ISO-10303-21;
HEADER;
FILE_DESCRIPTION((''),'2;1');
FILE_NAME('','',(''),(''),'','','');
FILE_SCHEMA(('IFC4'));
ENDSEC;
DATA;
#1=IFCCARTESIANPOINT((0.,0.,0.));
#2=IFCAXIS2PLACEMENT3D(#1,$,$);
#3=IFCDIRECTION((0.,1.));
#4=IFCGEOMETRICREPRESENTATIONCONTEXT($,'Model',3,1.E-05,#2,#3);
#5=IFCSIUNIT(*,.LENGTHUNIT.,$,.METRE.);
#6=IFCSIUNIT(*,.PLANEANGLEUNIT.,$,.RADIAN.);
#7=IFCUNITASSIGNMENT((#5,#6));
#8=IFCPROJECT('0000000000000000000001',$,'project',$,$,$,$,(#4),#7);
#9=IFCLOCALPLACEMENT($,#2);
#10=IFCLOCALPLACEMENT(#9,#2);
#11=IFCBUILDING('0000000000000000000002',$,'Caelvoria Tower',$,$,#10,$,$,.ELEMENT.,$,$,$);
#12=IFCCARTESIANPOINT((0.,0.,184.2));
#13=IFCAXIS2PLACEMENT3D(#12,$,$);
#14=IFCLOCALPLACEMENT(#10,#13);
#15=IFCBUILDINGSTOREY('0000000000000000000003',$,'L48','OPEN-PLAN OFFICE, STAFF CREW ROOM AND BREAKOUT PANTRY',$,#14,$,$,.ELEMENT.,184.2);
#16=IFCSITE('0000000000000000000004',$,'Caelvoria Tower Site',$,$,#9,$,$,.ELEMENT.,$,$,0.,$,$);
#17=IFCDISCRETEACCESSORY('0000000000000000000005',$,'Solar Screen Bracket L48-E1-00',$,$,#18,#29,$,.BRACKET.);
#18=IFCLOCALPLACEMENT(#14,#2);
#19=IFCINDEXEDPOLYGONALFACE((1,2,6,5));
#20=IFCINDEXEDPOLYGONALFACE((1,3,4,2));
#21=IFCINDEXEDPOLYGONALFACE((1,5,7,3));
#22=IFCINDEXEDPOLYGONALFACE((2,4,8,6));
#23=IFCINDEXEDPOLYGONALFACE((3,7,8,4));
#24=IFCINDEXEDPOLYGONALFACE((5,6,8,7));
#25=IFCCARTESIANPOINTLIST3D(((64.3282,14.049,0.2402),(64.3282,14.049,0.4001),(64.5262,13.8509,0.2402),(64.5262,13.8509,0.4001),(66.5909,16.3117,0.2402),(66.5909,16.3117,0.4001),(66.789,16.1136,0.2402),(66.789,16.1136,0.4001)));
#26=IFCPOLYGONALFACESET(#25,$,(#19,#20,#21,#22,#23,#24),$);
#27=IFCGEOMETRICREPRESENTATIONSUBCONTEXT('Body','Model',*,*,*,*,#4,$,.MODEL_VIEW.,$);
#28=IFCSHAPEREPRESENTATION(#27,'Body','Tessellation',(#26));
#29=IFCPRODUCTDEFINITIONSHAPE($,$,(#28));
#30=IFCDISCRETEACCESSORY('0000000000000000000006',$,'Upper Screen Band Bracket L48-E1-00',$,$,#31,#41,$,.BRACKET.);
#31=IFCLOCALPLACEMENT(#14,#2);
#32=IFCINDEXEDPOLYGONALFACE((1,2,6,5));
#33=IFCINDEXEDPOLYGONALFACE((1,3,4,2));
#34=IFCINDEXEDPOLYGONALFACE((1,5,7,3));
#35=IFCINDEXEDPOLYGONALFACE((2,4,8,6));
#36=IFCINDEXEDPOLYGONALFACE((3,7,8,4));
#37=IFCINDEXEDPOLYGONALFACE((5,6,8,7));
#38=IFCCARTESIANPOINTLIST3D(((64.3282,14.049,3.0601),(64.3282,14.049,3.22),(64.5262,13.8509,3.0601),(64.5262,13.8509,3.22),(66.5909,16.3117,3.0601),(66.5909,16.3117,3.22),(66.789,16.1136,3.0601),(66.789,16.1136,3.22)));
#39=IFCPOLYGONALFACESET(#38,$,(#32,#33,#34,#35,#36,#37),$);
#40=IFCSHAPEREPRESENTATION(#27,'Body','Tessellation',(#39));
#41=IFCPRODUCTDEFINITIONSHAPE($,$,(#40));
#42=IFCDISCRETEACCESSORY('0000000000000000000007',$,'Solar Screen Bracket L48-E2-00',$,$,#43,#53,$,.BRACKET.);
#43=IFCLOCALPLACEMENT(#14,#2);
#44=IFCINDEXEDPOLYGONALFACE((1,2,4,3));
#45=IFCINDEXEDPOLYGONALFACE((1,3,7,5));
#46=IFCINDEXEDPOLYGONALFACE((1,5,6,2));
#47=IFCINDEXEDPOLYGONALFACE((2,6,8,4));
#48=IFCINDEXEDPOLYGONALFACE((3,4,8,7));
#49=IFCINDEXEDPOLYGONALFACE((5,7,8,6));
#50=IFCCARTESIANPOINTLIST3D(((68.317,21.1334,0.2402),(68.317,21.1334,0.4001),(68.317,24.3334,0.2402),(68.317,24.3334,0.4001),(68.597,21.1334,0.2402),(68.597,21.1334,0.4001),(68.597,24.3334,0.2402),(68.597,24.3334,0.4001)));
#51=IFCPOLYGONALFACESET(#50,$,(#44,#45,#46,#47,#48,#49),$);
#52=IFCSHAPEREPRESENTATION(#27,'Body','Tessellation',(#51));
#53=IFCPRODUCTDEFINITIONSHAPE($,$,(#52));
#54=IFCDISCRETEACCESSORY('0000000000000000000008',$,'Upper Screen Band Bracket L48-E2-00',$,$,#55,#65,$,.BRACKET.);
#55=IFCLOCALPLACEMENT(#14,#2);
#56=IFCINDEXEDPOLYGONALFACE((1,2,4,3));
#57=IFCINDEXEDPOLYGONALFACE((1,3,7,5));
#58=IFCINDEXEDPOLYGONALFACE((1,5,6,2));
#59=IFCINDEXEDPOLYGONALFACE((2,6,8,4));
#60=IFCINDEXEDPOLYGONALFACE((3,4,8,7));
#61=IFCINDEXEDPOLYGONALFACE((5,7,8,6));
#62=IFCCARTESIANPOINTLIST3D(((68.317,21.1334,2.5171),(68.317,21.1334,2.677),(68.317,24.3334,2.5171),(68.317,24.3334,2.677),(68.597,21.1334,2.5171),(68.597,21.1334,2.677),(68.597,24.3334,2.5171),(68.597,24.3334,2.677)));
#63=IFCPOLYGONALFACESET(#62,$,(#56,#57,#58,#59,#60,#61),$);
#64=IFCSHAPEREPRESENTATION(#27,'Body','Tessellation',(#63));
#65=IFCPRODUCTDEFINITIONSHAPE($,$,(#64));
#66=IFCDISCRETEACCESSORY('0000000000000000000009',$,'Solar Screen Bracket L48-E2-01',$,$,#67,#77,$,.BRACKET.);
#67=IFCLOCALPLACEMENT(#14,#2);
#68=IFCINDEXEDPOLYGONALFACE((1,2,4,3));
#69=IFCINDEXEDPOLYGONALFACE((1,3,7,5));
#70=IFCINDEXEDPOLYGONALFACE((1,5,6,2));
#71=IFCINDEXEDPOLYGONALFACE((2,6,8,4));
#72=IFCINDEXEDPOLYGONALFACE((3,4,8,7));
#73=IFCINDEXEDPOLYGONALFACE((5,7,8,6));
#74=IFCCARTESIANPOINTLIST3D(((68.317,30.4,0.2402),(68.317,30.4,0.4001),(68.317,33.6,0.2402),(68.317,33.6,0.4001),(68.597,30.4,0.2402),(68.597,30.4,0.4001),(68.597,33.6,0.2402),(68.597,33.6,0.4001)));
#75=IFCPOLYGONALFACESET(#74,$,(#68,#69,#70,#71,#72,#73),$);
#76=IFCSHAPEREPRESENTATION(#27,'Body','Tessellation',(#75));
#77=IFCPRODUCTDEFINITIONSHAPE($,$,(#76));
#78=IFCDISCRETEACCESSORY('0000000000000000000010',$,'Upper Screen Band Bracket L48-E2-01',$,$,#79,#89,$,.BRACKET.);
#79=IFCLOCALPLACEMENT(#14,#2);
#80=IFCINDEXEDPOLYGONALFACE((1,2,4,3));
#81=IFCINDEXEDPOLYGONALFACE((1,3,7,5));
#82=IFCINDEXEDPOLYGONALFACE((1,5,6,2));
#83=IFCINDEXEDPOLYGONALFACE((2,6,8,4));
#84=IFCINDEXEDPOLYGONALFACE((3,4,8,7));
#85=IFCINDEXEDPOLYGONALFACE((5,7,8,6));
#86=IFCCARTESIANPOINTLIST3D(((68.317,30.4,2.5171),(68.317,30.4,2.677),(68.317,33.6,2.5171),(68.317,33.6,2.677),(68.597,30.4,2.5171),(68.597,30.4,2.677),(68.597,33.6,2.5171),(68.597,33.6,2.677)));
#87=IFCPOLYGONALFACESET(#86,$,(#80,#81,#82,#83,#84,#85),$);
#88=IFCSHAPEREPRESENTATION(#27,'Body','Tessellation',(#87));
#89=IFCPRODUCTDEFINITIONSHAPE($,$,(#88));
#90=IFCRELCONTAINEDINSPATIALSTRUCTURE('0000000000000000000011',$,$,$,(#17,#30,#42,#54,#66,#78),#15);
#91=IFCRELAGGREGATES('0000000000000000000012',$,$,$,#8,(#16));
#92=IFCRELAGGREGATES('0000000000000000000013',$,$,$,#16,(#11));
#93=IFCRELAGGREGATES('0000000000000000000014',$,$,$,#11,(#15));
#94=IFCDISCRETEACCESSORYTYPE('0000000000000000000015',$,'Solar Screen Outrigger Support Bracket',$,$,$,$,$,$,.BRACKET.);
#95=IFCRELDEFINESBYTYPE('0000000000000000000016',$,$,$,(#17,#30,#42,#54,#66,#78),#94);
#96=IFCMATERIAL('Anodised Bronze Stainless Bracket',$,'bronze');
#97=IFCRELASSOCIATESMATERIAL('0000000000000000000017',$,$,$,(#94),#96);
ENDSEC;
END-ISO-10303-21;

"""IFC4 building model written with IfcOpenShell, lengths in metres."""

from ifc_helpers import new_model, si_unit, direction, frame, origin, origin_2d, place, context, subcontext, project, spatial, rectangle, extrude, material, type_object, element, save


model = new_model("IFC4")

# Units and contexts
model_context = context("Model", 3, precision=1e-05, world=origin(), true_north=direction((0.0, 1.0)))
body_context = subcontext(model_context, "Body", "Model", "MODEL_VIEW")
ifc_project = project(units=[si_unit("LENGTHUNIT", "METRE"), si_unit("PLANEANGLEUNIT", "RADIAN")], contexts=[model_context])

# Site, building, storey
site_placement = place(None, origin())
site = spatial("IfcSite", under=ifc_project, at=site_placement, Name="Caelvoria Tower Site", CompositionType="ELEMENT", RefElevation=0.0)
building_placement = place(site_placement, origin())
building = spatial("IfcBuilding", under=site, at=building_placement, Name="Caelvoria Tower", CompositionType="ELEMENT")
storey_placement = place(building_placement, frame((0.0, 0.0, 184.2)))
storey = spatial("IfcBuildingStorey", under=building, at=storey_placement, Name="L48", Description="OPEN-PLAN OFFICE, STAFF CREW ROOM AND BREAKOUT PANTRY", CompositionType="ELEMENT", Elevation=184.2)

# Discrete accessories
ifc_material_1 = material(Name="Anodised Bronze Stainless Bracket", Category="bronze")
discrete_accessory_type = type_object("IfcDiscreteAccessoryType", Name="Solar Screen Outrigger Support Bracket", PredefinedType="BRACKET", material=ifc_material_1)
for number, where, z_axis, x_axis, name in (
    (1, (65.5586, 15.0813, 0.2402), (0.0, 0.0, 1.0), (0.707107, 0.707107, 0.0), "Solar Screen Bracket L48-E1-00"),
    (2, (65.5586, 15.0813, 3.0601), (0.0, 0.0, 1.0), (0.707107, 0.707107, 0.0), "Upper Screen Band Bracket L48-E1-00"),
    (3, (68.457, 22.7334, 0.2402), (0.0, 0.0, 1.0), (0.0, 1.0, 0.0), "Solar Screen Bracket L48-E2-00"),
    (4, (68.457, 22.7334, 2.5171), (0.0, 0.0, 1.0), (0.0, 1.0, 0.0), "Upper Screen Band Bracket L48-E2-00"),
    (5, (68.457, 32.0, 0.2402), (0.0, 0.0, 1.0), (0.0, 1.0, 0.0), "Solar Screen Bracket L48-E2-01"),
    (6, (68.457, 32.0, 2.5171), (0.0, 0.0, 1.0), (0.0, 1.0, 0.0), "Upper Screen Band Bracket L48-E2-01"),
):
    element("IfcDiscreteAccessory", number, at=place(storey_placement, frame(where, z_axis=z_axis, x_axis=x_axis)), inside=storey, type_object=discrete_accessory_type, Name=name, PredefinedType="BRACKET", context=body_context, shape_type="SweptSolid", body=[
        extrude(rectangle(XDim=3.2, YDim=0.28, at=origin_2d()), origin(), (0.0, 0.0, 1.0), 0.1599),
    ])

save(model, "model.ifc")
